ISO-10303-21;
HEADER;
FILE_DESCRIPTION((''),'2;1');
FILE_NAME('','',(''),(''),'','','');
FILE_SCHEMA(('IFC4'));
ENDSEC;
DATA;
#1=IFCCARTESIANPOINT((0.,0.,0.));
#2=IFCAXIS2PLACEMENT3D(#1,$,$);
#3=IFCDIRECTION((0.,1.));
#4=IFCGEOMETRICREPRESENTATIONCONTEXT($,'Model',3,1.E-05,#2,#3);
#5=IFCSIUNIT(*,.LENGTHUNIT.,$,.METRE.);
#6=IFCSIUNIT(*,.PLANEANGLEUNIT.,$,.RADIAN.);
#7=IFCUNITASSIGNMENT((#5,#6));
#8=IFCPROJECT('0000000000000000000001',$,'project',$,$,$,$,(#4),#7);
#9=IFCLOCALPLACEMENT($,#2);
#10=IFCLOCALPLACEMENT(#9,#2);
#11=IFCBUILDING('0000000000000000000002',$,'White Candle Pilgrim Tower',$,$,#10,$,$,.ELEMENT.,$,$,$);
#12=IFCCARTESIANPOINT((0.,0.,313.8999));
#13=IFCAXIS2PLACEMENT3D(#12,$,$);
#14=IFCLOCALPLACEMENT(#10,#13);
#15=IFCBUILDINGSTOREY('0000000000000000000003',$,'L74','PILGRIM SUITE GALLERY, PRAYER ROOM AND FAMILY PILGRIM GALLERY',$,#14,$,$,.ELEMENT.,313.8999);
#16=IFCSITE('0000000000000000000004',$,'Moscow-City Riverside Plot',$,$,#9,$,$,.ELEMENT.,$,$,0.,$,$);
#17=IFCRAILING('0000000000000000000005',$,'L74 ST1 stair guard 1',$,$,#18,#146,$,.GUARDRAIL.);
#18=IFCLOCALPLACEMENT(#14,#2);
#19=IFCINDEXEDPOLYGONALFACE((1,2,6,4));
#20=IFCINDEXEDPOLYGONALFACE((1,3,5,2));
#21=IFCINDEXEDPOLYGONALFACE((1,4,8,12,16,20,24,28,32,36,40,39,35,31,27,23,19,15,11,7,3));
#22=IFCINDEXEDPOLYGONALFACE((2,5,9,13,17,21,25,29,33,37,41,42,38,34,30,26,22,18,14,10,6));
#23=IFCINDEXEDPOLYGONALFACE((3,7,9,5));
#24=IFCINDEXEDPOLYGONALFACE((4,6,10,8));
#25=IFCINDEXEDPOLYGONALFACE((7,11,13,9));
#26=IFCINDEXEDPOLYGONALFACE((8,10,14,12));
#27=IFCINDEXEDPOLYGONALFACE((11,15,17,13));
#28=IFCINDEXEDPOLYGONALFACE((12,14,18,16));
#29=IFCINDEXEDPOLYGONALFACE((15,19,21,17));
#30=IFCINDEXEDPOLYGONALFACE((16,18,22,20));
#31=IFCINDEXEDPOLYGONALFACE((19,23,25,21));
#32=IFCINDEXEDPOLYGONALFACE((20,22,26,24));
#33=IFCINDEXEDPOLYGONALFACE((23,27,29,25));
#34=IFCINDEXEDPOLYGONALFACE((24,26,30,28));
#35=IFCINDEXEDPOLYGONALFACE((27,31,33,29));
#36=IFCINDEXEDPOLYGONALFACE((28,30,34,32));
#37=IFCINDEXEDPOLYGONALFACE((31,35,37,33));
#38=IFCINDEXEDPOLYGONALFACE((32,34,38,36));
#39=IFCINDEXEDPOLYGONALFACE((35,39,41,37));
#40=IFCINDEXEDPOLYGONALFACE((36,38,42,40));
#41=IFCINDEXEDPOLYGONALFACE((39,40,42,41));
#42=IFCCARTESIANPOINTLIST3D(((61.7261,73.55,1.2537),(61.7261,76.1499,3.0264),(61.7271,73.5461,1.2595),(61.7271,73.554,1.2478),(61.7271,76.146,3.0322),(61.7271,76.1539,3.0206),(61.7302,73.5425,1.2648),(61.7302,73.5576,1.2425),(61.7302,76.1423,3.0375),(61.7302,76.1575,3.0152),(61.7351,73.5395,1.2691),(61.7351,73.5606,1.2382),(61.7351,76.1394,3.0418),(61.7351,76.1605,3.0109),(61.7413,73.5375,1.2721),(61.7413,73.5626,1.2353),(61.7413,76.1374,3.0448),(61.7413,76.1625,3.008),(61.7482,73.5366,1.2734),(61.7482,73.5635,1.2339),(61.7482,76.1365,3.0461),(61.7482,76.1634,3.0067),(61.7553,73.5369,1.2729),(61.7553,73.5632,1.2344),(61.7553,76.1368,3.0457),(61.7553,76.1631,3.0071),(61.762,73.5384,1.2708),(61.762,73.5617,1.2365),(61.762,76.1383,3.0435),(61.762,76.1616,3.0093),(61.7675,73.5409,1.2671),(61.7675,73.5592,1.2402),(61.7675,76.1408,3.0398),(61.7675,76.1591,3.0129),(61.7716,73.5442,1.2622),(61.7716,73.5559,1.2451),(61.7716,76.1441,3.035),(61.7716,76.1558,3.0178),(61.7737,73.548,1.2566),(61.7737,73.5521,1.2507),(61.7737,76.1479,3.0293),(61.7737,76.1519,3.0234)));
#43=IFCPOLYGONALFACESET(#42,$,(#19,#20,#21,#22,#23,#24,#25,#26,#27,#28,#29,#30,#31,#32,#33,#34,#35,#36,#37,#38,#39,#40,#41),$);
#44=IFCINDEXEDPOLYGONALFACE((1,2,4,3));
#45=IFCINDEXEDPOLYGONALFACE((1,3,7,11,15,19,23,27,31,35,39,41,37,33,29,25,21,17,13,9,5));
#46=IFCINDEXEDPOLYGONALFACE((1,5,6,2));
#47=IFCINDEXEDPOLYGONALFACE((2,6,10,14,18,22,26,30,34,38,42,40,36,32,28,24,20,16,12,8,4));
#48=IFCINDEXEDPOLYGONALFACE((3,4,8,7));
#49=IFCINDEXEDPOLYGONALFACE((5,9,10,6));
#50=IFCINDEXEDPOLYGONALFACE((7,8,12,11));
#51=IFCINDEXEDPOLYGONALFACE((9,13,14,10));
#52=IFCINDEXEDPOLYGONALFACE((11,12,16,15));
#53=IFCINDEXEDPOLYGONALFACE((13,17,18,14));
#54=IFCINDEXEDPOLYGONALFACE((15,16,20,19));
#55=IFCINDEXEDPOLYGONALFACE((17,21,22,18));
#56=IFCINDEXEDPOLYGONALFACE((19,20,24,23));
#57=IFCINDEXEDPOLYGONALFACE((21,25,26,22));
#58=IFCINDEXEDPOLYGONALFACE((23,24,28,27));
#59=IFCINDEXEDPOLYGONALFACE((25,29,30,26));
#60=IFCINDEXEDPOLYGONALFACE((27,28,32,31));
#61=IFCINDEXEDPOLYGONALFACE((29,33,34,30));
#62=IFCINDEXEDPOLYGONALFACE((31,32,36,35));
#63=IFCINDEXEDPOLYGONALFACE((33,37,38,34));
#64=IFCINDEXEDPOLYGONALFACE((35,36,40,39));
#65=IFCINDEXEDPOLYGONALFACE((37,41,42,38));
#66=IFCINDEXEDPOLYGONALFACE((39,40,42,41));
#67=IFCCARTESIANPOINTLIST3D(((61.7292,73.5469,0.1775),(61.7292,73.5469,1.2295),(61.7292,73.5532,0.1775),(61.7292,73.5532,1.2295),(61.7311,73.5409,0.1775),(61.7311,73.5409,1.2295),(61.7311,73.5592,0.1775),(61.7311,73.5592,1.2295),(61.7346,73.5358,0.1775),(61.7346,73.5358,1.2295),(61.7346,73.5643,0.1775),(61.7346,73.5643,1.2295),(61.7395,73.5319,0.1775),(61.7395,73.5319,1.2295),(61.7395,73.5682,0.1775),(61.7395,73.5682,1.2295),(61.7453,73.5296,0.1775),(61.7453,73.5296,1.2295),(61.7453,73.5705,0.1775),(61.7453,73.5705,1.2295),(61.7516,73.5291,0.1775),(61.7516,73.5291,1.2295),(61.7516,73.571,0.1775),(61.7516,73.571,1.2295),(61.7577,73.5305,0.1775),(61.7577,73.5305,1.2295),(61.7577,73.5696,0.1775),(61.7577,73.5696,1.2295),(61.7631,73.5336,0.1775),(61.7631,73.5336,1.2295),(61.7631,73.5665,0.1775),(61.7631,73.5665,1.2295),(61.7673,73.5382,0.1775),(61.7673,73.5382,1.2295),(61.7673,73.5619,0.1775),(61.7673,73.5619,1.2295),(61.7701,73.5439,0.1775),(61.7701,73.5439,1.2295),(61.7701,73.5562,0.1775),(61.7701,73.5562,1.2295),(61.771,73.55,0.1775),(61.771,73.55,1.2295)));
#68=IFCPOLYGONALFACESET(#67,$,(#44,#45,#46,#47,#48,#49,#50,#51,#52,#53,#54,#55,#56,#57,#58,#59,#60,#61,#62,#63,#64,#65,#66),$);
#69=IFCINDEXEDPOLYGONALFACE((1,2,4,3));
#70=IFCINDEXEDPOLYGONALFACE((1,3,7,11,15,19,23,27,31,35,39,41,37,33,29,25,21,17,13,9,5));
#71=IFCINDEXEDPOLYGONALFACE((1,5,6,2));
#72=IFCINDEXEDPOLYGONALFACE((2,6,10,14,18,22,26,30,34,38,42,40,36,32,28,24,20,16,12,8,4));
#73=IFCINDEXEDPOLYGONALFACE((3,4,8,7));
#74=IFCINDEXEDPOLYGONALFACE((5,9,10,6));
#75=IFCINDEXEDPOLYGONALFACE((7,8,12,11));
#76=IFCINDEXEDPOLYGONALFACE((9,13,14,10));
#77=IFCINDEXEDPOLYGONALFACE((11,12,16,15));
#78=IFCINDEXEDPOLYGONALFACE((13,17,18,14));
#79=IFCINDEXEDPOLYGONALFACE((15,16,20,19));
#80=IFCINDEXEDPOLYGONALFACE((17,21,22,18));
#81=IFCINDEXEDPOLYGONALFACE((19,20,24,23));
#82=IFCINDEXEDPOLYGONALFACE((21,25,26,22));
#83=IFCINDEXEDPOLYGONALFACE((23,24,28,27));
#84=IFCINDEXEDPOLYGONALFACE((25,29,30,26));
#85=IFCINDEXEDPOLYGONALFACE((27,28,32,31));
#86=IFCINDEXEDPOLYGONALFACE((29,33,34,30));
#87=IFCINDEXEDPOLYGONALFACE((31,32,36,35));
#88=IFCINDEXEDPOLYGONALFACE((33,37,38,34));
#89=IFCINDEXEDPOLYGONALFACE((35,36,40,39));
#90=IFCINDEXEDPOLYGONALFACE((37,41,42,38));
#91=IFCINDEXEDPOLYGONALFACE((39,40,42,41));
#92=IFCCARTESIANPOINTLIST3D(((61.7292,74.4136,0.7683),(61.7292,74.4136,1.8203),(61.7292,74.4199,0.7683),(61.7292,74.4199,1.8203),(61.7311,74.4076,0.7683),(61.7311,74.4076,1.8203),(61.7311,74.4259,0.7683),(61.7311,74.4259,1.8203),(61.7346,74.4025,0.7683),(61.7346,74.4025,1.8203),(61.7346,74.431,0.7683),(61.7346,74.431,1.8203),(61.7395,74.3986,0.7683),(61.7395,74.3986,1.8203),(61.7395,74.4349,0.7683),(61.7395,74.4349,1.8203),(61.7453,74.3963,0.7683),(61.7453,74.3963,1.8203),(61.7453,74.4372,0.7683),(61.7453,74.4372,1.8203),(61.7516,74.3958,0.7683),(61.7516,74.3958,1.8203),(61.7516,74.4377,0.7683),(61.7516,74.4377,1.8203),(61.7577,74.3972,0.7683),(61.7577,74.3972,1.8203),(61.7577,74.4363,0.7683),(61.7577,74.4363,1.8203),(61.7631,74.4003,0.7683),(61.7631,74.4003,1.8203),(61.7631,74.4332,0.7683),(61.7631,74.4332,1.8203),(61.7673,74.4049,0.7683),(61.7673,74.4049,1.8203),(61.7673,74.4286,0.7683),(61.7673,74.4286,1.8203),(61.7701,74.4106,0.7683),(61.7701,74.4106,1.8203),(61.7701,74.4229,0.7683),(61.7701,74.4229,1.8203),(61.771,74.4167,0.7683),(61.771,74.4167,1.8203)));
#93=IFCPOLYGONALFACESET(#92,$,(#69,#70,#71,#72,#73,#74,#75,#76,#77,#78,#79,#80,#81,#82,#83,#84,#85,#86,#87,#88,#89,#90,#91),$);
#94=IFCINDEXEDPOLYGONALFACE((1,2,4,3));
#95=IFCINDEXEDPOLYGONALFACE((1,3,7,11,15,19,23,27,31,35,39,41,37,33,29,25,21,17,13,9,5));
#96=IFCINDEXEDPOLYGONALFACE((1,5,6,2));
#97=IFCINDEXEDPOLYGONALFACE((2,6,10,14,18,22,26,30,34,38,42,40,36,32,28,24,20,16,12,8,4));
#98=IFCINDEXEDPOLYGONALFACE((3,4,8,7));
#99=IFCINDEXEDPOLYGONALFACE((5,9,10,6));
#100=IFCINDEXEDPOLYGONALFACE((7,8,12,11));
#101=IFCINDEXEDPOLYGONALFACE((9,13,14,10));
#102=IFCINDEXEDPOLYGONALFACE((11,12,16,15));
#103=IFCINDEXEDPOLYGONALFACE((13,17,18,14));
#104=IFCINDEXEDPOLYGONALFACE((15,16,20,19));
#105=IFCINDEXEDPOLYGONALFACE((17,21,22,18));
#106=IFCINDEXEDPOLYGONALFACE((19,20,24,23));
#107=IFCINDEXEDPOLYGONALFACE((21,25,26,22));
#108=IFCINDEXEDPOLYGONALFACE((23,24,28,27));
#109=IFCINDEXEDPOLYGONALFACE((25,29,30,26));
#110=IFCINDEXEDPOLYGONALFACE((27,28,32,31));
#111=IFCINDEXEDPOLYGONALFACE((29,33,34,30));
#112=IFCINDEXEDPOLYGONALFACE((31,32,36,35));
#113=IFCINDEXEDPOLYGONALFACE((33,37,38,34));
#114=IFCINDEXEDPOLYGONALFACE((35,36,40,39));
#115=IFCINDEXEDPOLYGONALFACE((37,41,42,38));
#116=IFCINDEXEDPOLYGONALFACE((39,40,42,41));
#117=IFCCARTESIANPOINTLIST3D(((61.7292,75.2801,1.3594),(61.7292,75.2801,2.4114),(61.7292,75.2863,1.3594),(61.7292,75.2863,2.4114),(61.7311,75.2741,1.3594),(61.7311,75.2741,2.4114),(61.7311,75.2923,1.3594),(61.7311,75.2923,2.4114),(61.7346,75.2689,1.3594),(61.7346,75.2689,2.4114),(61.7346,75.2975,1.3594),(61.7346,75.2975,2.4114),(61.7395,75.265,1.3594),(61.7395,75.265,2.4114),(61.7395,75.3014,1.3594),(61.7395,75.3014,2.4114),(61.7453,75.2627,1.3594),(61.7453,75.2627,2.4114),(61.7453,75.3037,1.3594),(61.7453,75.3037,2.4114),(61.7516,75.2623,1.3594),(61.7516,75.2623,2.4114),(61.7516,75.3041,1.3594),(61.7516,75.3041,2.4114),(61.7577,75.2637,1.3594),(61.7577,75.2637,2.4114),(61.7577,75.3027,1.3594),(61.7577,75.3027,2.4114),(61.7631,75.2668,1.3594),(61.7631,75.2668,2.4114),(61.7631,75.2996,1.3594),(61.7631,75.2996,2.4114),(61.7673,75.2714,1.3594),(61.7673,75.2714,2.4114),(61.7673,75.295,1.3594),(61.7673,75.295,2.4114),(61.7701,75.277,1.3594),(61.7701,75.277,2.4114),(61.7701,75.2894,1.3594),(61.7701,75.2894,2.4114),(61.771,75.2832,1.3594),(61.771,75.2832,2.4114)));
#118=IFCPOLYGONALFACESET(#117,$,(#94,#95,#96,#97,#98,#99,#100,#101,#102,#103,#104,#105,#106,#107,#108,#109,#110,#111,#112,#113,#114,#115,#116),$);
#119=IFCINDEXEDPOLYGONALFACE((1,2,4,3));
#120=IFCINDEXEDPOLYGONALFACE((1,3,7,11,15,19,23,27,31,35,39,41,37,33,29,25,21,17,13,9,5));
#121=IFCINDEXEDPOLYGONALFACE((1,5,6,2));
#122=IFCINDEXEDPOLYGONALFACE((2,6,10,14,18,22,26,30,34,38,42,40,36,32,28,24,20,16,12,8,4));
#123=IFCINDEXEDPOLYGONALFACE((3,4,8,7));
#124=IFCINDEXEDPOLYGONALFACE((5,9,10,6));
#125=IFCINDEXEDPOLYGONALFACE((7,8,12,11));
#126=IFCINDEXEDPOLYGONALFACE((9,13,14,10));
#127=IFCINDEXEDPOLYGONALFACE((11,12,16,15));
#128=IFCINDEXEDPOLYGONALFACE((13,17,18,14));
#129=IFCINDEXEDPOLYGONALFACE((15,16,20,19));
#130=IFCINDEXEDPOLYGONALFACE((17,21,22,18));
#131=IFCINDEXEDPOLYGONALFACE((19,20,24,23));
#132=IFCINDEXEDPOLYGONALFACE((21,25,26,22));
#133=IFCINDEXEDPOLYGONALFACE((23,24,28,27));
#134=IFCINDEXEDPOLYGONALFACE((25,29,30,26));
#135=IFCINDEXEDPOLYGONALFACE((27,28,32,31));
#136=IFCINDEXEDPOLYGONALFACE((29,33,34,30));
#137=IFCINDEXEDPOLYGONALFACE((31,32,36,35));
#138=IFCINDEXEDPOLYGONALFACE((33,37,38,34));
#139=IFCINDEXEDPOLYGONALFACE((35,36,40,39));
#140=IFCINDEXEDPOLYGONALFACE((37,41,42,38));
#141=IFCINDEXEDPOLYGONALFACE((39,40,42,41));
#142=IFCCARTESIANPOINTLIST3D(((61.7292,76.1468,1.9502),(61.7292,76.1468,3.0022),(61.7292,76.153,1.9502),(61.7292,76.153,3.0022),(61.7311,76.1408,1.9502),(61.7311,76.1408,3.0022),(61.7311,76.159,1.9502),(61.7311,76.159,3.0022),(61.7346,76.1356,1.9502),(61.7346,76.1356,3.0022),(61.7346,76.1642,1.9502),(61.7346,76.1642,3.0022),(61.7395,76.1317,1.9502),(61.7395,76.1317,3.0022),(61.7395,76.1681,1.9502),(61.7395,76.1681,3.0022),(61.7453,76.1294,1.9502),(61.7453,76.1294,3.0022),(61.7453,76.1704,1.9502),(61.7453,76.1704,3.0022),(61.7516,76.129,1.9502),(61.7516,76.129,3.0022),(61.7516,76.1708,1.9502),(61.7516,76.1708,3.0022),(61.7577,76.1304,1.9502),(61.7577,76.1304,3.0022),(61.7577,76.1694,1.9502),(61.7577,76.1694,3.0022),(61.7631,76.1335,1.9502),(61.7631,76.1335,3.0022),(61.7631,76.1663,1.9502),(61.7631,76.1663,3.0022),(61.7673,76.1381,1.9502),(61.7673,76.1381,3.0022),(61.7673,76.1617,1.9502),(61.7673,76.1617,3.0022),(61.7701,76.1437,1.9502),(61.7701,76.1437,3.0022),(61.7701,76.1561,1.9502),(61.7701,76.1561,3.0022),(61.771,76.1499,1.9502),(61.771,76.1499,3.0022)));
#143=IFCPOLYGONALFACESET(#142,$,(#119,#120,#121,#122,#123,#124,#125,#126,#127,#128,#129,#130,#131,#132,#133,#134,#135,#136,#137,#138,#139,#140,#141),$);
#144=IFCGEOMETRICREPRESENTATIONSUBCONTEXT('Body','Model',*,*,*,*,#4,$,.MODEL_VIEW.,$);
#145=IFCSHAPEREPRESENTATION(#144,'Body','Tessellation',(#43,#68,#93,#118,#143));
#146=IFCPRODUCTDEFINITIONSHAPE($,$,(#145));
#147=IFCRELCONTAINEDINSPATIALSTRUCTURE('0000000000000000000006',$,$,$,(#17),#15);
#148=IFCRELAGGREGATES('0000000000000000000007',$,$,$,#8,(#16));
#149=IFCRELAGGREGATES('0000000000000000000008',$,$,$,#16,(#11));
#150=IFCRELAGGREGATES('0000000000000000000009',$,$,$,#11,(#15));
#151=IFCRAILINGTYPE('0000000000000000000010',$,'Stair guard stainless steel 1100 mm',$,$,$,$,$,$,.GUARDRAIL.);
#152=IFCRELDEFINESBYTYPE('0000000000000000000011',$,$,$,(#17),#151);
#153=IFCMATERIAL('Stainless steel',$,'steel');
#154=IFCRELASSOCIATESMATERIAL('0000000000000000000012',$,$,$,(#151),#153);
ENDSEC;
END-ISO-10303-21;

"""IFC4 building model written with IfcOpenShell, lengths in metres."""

from ifc_helpers import new_model, si_unit, direction, frame, origin, origin_2d, place, context, subcontext, project, spatial, circle, extrude, material, type_object, element, save


model = new_model("IFC4")

# Units and contexts
model_context = context("Model", 3, precision=1e-05, world=origin(), true_north=direction((0.0, 1.0)))
body_context = subcontext(model_context, "Body", "Model", "MODEL_VIEW")
ifc_project = project(units=[si_unit("LENGTHUNIT", "METRE"), si_unit("PLANEANGLEUNIT", "RADIAN")], contexts=[model_context])

# Site, building, storey
site_placement = place(None, origin())
site = spatial("IfcSite", under=ifc_project, at=site_placement, Name="Moscow-City Riverside Plot", CompositionType="ELEMENT", RefElevation=0.0)
building_placement = place(site_placement, origin())
building = spatial("IfcBuilding", under=site, at=building_placement, Name="White Candle Pilgrim Tower", CompositionType="ELEMENT")
storey_placement = place(building_placement, frame((0.0, 0.0, 313.8999)))
storey = spatial("IfcBuildingStorey", under=building, at=storey_placement, Name="L74", Description="PILGRIM SUITE GALLERY, PRAYER ROOM AND FAMILY PILGRIM GALLERY", CompositionType="ELEMENT", Elevation=313.8999)

# Railing
ifc_material_1 = material(Name="Stainless steel", Category="steel")
railing_type_1 = type_object("IfcRailingType", Name="Stair guard stainless steel 1100 mm", PredefinedType="GUARDRAIL", material=ifc_material_1)
railing_1_placement = place(storey_placement, frame((61.75, 73.55, 0.1775)))
element("IfcRailing", 1, at=railing_1_placement, inside=storey, type_object=railing_type_1, Name="L74 ST1 stair guard 1", PredefinedType="GUARDRAIL", context=body_context, shape_type="SweptSolid", body=[
    extrude(circle(Radius=0.0239, at=origin_2d()), frame((0.0, 0.0, 1.0762), z_axis=(0.0, 0.826216, 0.563354), x_axis=(-1.0, 0.0, 0.0)), (0.0, 0.0, 1.0), 3.1467),
    extrude(circle(Radius=0.021, at=origin_2d()), origin(), (0.0, 0.0, 1.0), 1.052),
    extrude(circle(Radius=0.021, at=origin_2d()), frame((0.0, 0.8667, 0.5908)), (0.0, 0.0, 1.0), 1.052),
    extrude(circle(Radius=0.021, at=origin_2d()), frame((0.0, 1.7332, 1.1819)), (0.0, 0.0, 1.0), 1.052),
    extrude(circle(Radius=0.021, at=origin_2d()), frame((0.0, 2.5999, 1.7727)), (0.0, 0.0, 1.0), 1.052),
])

save(model, "model.ifc")
